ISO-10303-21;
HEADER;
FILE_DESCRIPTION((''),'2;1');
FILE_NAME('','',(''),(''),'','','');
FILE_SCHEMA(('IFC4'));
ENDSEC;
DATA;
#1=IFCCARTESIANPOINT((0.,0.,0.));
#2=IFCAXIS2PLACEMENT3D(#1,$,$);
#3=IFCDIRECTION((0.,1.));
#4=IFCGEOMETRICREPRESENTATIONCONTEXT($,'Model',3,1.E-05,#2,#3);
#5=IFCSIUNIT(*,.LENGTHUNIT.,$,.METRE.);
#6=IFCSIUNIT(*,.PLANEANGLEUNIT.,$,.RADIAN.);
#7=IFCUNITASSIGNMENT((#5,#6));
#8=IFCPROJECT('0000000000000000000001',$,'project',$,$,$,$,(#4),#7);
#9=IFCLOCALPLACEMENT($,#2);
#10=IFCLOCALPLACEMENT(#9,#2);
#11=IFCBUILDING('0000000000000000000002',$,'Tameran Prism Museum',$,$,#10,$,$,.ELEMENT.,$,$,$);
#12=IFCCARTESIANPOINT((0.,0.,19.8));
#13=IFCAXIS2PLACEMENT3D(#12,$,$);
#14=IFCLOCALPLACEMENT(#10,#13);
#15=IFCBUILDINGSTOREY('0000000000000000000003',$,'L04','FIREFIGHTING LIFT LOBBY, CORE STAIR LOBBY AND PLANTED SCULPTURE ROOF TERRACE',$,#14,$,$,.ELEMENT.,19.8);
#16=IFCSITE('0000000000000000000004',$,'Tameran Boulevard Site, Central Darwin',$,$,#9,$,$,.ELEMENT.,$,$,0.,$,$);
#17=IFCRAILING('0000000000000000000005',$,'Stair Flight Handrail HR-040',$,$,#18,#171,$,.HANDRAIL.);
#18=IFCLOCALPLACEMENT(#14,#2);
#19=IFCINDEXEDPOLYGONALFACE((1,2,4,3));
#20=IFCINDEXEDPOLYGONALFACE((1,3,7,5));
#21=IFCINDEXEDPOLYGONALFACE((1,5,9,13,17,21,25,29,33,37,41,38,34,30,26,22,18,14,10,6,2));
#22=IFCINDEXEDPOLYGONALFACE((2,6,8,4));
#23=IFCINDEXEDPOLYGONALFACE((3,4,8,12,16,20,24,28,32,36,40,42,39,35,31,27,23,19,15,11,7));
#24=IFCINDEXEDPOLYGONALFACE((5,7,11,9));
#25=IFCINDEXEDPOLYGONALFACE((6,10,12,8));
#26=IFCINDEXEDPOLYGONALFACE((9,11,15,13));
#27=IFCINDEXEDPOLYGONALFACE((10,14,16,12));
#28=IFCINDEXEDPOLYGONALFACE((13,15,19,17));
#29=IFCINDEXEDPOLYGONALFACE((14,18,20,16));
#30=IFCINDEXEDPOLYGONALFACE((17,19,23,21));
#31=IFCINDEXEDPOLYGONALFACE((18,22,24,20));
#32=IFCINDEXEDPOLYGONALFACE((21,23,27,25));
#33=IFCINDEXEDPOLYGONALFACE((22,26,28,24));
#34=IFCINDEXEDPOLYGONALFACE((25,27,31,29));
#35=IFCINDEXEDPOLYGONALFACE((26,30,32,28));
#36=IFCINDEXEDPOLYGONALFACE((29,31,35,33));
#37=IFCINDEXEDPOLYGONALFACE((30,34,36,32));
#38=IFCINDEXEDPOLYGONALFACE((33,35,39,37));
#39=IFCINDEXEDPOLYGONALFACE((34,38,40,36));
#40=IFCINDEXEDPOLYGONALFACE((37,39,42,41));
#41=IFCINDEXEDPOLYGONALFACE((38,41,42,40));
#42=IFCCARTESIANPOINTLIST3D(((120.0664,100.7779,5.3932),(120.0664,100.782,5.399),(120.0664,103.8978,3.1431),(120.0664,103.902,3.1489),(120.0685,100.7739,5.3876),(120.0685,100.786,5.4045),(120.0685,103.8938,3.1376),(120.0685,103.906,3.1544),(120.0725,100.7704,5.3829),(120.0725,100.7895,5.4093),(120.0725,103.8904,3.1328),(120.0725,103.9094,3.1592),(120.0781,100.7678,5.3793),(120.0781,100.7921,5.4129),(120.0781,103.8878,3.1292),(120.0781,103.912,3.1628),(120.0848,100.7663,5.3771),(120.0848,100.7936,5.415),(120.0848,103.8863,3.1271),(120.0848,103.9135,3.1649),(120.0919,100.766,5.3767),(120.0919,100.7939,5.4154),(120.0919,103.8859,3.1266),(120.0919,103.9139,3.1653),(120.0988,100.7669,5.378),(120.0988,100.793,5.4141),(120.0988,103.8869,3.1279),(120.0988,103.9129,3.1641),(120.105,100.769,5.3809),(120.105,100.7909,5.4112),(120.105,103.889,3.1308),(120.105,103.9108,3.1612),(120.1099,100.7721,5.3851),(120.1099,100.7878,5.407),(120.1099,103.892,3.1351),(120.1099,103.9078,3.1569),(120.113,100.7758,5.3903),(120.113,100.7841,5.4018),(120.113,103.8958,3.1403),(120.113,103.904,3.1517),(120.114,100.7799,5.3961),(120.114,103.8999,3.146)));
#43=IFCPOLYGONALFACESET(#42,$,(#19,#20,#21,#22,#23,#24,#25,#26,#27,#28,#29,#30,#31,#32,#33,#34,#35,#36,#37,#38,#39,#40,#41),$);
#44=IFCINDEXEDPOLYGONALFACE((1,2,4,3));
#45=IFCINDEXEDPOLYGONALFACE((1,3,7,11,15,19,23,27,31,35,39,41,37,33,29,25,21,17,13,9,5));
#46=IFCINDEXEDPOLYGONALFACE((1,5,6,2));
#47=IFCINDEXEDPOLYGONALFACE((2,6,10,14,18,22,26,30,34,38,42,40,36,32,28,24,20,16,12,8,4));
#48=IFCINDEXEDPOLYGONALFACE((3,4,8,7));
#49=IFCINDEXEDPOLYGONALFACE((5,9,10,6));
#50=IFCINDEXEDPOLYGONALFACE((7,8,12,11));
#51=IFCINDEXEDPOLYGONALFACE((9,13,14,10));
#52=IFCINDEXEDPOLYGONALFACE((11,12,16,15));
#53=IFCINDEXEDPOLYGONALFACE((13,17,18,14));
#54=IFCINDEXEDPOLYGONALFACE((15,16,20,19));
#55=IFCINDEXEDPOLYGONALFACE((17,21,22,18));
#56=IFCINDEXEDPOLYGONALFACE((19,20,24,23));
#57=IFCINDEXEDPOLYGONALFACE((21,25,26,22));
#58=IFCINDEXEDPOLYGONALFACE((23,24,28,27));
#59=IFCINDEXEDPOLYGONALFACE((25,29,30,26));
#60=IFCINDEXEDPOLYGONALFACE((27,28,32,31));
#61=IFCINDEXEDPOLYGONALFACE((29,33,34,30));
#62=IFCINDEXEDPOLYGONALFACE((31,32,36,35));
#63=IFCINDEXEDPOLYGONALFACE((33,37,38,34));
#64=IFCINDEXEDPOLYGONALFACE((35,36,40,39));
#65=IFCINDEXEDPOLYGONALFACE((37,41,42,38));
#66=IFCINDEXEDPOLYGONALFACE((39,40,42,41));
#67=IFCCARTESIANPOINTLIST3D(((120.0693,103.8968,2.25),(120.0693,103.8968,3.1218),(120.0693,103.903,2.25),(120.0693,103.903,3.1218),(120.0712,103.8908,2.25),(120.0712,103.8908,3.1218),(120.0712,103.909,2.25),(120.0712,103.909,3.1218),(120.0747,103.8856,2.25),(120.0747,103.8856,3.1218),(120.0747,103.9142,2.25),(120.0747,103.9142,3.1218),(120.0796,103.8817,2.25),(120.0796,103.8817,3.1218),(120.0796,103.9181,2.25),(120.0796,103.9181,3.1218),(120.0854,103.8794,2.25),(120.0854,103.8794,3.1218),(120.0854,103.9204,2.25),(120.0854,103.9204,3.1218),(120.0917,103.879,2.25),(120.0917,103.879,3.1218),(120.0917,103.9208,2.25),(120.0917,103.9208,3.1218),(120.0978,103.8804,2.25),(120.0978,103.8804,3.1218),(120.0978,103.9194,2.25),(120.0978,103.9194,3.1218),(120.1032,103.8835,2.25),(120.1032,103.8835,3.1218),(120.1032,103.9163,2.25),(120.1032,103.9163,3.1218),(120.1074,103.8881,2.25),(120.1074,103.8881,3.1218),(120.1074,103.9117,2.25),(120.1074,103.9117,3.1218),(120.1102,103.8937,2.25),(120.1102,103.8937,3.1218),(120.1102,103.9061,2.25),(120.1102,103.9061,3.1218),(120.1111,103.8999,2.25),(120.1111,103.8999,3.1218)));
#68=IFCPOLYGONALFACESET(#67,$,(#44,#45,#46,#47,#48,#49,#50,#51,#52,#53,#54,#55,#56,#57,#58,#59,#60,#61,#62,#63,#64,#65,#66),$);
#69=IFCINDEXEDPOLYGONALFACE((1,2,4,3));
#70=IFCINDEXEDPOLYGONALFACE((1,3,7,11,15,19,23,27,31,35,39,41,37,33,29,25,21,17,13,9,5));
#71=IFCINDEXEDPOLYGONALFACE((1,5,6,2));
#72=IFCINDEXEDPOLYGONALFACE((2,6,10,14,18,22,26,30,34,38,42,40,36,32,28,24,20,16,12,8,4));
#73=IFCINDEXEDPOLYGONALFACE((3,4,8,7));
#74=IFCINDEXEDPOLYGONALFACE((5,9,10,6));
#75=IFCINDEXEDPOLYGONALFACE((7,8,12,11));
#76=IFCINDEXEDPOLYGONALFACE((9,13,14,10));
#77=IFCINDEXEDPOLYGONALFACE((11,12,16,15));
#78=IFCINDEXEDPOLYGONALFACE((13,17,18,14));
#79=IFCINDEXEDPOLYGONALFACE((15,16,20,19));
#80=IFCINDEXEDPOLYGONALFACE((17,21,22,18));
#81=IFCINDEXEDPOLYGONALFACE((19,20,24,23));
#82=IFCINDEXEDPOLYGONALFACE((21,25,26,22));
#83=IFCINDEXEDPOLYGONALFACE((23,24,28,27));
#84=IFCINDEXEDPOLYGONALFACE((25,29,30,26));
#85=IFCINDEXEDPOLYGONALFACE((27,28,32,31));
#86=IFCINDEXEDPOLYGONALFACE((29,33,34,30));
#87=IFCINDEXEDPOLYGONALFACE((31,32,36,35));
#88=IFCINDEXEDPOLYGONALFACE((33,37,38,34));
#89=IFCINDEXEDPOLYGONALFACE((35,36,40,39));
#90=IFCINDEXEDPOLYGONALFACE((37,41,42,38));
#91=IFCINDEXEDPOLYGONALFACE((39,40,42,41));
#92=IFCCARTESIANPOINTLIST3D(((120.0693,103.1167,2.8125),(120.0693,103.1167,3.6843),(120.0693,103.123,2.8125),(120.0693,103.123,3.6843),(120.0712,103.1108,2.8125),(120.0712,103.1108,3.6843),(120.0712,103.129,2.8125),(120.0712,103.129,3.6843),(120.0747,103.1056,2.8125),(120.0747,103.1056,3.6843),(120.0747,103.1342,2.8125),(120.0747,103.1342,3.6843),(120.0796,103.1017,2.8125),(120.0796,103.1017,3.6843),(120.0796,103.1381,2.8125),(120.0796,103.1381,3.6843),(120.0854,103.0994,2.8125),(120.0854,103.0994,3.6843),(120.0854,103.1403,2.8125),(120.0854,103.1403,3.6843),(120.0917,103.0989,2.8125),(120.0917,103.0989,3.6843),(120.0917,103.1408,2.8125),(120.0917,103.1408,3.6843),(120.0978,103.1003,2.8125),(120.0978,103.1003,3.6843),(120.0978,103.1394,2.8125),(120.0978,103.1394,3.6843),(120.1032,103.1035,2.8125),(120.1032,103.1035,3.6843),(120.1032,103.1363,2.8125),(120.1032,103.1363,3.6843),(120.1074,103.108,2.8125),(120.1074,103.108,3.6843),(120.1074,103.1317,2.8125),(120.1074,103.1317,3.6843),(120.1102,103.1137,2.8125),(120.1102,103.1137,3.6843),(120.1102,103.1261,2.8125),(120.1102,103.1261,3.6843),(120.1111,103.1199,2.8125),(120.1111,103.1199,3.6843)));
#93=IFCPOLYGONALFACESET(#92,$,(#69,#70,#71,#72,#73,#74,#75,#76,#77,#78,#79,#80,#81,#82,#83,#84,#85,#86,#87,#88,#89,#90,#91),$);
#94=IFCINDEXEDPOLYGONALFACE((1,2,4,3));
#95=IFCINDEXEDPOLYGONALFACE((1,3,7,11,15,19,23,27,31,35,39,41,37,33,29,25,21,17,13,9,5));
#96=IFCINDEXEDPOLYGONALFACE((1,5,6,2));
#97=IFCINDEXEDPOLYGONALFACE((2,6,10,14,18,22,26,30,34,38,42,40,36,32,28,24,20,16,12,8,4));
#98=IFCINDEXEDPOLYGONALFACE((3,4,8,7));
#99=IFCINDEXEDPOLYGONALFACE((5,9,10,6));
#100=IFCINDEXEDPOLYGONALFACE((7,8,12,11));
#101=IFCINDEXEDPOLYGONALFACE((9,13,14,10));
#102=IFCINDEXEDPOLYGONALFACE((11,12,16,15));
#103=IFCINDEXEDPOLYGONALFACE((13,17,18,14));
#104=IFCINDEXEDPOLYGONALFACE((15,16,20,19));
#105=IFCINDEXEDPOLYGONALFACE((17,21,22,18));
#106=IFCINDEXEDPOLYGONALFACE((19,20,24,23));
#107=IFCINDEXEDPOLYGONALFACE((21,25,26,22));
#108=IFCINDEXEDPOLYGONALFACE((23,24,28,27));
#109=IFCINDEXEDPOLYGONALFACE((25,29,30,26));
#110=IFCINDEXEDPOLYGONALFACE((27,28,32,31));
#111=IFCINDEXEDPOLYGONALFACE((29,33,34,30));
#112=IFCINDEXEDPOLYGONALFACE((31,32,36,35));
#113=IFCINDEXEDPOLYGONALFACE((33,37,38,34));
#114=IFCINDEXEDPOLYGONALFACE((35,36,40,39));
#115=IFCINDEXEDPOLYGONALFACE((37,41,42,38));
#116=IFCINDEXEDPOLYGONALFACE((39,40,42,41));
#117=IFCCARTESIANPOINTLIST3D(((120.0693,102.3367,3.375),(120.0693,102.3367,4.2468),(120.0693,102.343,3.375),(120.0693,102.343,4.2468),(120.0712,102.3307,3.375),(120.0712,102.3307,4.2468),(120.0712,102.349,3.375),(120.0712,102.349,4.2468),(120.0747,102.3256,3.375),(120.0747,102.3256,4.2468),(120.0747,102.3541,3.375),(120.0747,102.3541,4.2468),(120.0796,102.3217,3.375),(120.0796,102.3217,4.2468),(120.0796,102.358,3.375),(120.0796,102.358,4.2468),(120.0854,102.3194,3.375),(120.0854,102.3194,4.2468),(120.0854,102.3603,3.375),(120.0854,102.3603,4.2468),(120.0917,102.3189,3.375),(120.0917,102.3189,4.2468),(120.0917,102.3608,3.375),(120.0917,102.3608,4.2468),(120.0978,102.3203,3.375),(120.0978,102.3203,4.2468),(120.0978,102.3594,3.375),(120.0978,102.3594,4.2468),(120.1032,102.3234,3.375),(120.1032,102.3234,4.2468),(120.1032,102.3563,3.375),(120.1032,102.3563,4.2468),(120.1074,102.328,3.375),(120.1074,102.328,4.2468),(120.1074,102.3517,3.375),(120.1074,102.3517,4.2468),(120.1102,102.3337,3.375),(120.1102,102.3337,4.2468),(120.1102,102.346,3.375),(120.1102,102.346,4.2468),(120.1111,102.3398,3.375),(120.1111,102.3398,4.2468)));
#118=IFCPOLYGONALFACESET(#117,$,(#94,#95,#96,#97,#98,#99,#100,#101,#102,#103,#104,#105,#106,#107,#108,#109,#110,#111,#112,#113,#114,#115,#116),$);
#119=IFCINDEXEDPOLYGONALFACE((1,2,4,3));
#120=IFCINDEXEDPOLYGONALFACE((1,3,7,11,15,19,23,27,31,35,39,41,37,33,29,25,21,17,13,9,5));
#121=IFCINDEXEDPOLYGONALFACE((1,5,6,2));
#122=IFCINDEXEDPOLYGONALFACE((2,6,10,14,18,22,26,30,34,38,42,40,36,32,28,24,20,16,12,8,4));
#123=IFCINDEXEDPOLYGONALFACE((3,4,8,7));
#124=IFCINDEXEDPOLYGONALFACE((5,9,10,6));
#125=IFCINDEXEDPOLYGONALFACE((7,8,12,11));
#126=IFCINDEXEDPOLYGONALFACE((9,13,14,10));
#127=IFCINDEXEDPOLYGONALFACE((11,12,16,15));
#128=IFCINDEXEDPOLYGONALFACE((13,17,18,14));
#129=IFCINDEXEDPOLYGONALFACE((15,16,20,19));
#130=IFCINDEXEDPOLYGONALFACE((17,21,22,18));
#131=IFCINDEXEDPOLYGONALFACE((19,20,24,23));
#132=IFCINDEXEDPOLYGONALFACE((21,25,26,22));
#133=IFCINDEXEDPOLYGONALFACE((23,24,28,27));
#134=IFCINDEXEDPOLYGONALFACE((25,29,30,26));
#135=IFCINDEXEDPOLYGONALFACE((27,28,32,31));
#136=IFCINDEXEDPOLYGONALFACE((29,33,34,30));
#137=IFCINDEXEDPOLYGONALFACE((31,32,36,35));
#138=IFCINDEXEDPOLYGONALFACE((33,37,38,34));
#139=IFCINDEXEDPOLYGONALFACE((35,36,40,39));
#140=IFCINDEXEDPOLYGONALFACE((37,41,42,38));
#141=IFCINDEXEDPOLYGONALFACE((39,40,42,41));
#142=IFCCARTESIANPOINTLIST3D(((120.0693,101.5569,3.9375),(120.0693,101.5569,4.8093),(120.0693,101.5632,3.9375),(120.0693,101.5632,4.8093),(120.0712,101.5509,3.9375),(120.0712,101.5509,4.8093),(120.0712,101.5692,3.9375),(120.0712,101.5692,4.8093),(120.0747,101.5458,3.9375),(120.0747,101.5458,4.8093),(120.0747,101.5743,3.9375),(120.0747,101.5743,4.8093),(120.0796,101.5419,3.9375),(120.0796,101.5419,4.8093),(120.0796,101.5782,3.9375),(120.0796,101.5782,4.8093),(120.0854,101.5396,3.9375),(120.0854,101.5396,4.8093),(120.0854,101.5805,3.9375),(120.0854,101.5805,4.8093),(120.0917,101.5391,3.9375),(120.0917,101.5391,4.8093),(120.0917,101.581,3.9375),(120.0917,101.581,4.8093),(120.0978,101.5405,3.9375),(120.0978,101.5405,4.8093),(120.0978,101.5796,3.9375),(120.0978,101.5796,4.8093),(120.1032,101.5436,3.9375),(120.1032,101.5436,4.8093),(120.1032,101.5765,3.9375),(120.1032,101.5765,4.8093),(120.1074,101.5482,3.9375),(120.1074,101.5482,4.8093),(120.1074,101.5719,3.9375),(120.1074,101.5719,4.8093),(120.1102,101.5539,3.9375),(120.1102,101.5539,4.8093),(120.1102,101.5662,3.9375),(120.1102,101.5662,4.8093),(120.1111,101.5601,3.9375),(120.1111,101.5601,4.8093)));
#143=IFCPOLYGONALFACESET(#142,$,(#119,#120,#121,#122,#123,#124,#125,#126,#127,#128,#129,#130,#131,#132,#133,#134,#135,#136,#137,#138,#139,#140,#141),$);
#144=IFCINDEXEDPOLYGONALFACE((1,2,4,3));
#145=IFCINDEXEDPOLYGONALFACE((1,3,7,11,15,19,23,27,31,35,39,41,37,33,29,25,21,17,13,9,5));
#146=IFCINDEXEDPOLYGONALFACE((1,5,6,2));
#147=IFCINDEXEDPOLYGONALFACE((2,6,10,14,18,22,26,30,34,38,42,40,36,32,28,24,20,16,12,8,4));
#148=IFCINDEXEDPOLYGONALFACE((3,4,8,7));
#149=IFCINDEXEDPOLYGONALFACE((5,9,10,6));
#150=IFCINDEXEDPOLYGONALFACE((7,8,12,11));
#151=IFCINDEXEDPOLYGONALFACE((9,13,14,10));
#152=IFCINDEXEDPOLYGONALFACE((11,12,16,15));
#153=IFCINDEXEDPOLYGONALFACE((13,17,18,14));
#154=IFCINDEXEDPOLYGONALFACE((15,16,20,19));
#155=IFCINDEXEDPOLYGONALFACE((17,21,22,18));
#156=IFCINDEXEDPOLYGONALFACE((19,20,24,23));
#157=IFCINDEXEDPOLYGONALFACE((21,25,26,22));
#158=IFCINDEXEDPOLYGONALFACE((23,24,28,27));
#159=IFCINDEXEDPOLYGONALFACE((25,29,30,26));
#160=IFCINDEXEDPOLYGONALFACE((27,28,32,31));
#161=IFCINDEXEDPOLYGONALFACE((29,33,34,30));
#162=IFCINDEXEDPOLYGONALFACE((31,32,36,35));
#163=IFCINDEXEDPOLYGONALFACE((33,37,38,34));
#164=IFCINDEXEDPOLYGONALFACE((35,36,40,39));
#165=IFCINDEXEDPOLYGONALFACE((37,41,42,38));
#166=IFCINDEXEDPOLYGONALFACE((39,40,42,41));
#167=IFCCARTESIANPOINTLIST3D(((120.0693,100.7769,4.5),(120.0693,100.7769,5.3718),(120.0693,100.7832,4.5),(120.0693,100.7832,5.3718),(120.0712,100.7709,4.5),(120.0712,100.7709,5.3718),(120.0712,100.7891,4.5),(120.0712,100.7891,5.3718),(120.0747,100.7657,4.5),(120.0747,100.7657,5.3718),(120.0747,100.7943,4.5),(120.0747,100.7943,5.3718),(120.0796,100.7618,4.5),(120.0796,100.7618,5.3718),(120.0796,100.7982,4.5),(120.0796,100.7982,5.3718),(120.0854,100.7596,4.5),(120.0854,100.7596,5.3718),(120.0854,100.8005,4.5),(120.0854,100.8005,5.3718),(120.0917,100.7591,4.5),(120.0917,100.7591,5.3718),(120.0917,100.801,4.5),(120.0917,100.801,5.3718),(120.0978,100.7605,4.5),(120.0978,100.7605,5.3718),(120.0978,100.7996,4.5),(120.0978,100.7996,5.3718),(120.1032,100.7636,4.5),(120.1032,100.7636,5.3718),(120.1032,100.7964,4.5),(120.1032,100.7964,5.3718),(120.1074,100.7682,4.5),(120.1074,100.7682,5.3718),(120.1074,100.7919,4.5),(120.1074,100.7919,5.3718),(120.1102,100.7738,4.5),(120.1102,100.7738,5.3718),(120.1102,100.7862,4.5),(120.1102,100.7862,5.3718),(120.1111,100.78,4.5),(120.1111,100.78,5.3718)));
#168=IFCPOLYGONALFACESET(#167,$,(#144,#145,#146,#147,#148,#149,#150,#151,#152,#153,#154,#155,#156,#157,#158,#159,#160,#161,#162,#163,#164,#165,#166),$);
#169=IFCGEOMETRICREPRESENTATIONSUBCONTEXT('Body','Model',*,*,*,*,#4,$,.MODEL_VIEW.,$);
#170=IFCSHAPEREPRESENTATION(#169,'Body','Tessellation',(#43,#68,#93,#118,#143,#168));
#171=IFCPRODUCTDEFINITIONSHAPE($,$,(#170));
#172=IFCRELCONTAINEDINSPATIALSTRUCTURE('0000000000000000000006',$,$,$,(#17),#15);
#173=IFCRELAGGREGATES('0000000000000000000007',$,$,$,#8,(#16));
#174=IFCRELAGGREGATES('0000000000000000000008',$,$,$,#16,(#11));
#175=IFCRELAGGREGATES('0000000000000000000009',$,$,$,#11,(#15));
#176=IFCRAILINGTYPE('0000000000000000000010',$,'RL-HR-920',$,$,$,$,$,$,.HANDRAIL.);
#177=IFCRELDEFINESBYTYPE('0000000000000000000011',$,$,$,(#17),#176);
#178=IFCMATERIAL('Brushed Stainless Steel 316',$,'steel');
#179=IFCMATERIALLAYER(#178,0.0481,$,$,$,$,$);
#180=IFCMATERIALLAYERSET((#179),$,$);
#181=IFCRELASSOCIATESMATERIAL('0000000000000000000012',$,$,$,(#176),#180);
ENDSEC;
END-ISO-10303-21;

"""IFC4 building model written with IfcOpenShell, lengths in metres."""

from ifc_helpers import new_model, si_unit, direction, frame, origin, origin_2d, place, context, subcontext, project, spatial, circle, extrude, material, layer, layer_set, type_object, element, save


model = new_model("IFC4")

# Units and contexts
model_context = context("Model", 3, precision=1e-05, world=origin(), true_north=direction((0.0, 1.0)))
body_context = subcontext(model_context, "Body", "Model", "MODEL_VIEW")
ifc_project = project(units=[si_unit("LENGTHUNIT", "METRE"), si_unit("PLANEANGLEUNIT", "RADIAN")], contexts=[model_context])

# Site, building, storey
site_placement = place(None, origin())
site = spatial("IfcSite", under=ifc_project, at=site_placement, Name="Tameran Boulevard Site, Central Darwin", CompositionType="ELEMENT", RefElevation=0.0)
building_placement = place(site_placement, origin())
building = spatial("IfcBuilding", under=site, at=building_placement, Name="Tameran Prism Museum", CompositionType="ELEMENT")
storey_placement = place(building_placement, frame((0.0, 0.0, 19.8)))
storey = spatial("IfcBuildingStorey", under=building, at=storey_placement, Name="L04", Description="FIREFIGHTING LIFT LOBBY, CORE STAIR LOBBY AND PLANTED SCULPTURE ROOF TERRACE", CompositionType="ELEMENT", Elevation=19.8)

# Railing
ifc_material_1 = material(Name="Brushed Stainless Steel 316", Category="steel")
ifc_layer_1 = layer(ifc_material_1, 0.0481)
ifc_layer_set_1 = layer_set([ifc_layer_1])
railing_type_1 = type_object("IfcRailingType", Name="RL-HR-920", PredefinedType="HANDRAIL", material=ifc_layer_set_1)
for number, where, name in (
    (1, (120.0901, 103.8999, 2.25), "Stair Flight Handrail HR-040"),
):
    element("IfcRailing", number, at=place(storey_placement, frame(where)), inside=storey, type_object=railing_type_1, Name=name, PredefinedType="HANDRAIL", context=body_context, shape_type="SweptSolid", body=[
        extrude(circle(Radius=0.0239, at=origin_2d()), frame((0.0, 0.0, 0.896), z_axis=(0.0, -0.811079, 0.584937), x_axis=(1.0, 0.0, 0.0)), (0.0, 0.0, 1.0), 3.8467),
        extrude(circle(Radius=0.021, at=origin_2d()), origin(), (0.0, 0.0, 1.0), 0.8718),
        extrude(circle(Radius=0.021, at=origin_2d()), frame((0.0, -0.78, 0.5625)), (0.0, 0.0, 1.0), 0.8718),
        extrude(circle(Radius=0.021, at=origin_2d()), frame((0.0, -1.5601, 1.125)), (0.0, 0.0, 1.0), 0.8718),
        extrude(circle(Radius=0.021, at=origin_2d()), frame((0.0, -2.3398, 1.6875)), (0.0, 0.0, 1.0), 0.8718),
        extrude(circle(Radius=0.021, at=origin_2d()), frame((0.0, -3.1199, 2.25)), (0.0, 0.0, 1.0), 0.8718),
    ])

save(model, "model.ifc")
